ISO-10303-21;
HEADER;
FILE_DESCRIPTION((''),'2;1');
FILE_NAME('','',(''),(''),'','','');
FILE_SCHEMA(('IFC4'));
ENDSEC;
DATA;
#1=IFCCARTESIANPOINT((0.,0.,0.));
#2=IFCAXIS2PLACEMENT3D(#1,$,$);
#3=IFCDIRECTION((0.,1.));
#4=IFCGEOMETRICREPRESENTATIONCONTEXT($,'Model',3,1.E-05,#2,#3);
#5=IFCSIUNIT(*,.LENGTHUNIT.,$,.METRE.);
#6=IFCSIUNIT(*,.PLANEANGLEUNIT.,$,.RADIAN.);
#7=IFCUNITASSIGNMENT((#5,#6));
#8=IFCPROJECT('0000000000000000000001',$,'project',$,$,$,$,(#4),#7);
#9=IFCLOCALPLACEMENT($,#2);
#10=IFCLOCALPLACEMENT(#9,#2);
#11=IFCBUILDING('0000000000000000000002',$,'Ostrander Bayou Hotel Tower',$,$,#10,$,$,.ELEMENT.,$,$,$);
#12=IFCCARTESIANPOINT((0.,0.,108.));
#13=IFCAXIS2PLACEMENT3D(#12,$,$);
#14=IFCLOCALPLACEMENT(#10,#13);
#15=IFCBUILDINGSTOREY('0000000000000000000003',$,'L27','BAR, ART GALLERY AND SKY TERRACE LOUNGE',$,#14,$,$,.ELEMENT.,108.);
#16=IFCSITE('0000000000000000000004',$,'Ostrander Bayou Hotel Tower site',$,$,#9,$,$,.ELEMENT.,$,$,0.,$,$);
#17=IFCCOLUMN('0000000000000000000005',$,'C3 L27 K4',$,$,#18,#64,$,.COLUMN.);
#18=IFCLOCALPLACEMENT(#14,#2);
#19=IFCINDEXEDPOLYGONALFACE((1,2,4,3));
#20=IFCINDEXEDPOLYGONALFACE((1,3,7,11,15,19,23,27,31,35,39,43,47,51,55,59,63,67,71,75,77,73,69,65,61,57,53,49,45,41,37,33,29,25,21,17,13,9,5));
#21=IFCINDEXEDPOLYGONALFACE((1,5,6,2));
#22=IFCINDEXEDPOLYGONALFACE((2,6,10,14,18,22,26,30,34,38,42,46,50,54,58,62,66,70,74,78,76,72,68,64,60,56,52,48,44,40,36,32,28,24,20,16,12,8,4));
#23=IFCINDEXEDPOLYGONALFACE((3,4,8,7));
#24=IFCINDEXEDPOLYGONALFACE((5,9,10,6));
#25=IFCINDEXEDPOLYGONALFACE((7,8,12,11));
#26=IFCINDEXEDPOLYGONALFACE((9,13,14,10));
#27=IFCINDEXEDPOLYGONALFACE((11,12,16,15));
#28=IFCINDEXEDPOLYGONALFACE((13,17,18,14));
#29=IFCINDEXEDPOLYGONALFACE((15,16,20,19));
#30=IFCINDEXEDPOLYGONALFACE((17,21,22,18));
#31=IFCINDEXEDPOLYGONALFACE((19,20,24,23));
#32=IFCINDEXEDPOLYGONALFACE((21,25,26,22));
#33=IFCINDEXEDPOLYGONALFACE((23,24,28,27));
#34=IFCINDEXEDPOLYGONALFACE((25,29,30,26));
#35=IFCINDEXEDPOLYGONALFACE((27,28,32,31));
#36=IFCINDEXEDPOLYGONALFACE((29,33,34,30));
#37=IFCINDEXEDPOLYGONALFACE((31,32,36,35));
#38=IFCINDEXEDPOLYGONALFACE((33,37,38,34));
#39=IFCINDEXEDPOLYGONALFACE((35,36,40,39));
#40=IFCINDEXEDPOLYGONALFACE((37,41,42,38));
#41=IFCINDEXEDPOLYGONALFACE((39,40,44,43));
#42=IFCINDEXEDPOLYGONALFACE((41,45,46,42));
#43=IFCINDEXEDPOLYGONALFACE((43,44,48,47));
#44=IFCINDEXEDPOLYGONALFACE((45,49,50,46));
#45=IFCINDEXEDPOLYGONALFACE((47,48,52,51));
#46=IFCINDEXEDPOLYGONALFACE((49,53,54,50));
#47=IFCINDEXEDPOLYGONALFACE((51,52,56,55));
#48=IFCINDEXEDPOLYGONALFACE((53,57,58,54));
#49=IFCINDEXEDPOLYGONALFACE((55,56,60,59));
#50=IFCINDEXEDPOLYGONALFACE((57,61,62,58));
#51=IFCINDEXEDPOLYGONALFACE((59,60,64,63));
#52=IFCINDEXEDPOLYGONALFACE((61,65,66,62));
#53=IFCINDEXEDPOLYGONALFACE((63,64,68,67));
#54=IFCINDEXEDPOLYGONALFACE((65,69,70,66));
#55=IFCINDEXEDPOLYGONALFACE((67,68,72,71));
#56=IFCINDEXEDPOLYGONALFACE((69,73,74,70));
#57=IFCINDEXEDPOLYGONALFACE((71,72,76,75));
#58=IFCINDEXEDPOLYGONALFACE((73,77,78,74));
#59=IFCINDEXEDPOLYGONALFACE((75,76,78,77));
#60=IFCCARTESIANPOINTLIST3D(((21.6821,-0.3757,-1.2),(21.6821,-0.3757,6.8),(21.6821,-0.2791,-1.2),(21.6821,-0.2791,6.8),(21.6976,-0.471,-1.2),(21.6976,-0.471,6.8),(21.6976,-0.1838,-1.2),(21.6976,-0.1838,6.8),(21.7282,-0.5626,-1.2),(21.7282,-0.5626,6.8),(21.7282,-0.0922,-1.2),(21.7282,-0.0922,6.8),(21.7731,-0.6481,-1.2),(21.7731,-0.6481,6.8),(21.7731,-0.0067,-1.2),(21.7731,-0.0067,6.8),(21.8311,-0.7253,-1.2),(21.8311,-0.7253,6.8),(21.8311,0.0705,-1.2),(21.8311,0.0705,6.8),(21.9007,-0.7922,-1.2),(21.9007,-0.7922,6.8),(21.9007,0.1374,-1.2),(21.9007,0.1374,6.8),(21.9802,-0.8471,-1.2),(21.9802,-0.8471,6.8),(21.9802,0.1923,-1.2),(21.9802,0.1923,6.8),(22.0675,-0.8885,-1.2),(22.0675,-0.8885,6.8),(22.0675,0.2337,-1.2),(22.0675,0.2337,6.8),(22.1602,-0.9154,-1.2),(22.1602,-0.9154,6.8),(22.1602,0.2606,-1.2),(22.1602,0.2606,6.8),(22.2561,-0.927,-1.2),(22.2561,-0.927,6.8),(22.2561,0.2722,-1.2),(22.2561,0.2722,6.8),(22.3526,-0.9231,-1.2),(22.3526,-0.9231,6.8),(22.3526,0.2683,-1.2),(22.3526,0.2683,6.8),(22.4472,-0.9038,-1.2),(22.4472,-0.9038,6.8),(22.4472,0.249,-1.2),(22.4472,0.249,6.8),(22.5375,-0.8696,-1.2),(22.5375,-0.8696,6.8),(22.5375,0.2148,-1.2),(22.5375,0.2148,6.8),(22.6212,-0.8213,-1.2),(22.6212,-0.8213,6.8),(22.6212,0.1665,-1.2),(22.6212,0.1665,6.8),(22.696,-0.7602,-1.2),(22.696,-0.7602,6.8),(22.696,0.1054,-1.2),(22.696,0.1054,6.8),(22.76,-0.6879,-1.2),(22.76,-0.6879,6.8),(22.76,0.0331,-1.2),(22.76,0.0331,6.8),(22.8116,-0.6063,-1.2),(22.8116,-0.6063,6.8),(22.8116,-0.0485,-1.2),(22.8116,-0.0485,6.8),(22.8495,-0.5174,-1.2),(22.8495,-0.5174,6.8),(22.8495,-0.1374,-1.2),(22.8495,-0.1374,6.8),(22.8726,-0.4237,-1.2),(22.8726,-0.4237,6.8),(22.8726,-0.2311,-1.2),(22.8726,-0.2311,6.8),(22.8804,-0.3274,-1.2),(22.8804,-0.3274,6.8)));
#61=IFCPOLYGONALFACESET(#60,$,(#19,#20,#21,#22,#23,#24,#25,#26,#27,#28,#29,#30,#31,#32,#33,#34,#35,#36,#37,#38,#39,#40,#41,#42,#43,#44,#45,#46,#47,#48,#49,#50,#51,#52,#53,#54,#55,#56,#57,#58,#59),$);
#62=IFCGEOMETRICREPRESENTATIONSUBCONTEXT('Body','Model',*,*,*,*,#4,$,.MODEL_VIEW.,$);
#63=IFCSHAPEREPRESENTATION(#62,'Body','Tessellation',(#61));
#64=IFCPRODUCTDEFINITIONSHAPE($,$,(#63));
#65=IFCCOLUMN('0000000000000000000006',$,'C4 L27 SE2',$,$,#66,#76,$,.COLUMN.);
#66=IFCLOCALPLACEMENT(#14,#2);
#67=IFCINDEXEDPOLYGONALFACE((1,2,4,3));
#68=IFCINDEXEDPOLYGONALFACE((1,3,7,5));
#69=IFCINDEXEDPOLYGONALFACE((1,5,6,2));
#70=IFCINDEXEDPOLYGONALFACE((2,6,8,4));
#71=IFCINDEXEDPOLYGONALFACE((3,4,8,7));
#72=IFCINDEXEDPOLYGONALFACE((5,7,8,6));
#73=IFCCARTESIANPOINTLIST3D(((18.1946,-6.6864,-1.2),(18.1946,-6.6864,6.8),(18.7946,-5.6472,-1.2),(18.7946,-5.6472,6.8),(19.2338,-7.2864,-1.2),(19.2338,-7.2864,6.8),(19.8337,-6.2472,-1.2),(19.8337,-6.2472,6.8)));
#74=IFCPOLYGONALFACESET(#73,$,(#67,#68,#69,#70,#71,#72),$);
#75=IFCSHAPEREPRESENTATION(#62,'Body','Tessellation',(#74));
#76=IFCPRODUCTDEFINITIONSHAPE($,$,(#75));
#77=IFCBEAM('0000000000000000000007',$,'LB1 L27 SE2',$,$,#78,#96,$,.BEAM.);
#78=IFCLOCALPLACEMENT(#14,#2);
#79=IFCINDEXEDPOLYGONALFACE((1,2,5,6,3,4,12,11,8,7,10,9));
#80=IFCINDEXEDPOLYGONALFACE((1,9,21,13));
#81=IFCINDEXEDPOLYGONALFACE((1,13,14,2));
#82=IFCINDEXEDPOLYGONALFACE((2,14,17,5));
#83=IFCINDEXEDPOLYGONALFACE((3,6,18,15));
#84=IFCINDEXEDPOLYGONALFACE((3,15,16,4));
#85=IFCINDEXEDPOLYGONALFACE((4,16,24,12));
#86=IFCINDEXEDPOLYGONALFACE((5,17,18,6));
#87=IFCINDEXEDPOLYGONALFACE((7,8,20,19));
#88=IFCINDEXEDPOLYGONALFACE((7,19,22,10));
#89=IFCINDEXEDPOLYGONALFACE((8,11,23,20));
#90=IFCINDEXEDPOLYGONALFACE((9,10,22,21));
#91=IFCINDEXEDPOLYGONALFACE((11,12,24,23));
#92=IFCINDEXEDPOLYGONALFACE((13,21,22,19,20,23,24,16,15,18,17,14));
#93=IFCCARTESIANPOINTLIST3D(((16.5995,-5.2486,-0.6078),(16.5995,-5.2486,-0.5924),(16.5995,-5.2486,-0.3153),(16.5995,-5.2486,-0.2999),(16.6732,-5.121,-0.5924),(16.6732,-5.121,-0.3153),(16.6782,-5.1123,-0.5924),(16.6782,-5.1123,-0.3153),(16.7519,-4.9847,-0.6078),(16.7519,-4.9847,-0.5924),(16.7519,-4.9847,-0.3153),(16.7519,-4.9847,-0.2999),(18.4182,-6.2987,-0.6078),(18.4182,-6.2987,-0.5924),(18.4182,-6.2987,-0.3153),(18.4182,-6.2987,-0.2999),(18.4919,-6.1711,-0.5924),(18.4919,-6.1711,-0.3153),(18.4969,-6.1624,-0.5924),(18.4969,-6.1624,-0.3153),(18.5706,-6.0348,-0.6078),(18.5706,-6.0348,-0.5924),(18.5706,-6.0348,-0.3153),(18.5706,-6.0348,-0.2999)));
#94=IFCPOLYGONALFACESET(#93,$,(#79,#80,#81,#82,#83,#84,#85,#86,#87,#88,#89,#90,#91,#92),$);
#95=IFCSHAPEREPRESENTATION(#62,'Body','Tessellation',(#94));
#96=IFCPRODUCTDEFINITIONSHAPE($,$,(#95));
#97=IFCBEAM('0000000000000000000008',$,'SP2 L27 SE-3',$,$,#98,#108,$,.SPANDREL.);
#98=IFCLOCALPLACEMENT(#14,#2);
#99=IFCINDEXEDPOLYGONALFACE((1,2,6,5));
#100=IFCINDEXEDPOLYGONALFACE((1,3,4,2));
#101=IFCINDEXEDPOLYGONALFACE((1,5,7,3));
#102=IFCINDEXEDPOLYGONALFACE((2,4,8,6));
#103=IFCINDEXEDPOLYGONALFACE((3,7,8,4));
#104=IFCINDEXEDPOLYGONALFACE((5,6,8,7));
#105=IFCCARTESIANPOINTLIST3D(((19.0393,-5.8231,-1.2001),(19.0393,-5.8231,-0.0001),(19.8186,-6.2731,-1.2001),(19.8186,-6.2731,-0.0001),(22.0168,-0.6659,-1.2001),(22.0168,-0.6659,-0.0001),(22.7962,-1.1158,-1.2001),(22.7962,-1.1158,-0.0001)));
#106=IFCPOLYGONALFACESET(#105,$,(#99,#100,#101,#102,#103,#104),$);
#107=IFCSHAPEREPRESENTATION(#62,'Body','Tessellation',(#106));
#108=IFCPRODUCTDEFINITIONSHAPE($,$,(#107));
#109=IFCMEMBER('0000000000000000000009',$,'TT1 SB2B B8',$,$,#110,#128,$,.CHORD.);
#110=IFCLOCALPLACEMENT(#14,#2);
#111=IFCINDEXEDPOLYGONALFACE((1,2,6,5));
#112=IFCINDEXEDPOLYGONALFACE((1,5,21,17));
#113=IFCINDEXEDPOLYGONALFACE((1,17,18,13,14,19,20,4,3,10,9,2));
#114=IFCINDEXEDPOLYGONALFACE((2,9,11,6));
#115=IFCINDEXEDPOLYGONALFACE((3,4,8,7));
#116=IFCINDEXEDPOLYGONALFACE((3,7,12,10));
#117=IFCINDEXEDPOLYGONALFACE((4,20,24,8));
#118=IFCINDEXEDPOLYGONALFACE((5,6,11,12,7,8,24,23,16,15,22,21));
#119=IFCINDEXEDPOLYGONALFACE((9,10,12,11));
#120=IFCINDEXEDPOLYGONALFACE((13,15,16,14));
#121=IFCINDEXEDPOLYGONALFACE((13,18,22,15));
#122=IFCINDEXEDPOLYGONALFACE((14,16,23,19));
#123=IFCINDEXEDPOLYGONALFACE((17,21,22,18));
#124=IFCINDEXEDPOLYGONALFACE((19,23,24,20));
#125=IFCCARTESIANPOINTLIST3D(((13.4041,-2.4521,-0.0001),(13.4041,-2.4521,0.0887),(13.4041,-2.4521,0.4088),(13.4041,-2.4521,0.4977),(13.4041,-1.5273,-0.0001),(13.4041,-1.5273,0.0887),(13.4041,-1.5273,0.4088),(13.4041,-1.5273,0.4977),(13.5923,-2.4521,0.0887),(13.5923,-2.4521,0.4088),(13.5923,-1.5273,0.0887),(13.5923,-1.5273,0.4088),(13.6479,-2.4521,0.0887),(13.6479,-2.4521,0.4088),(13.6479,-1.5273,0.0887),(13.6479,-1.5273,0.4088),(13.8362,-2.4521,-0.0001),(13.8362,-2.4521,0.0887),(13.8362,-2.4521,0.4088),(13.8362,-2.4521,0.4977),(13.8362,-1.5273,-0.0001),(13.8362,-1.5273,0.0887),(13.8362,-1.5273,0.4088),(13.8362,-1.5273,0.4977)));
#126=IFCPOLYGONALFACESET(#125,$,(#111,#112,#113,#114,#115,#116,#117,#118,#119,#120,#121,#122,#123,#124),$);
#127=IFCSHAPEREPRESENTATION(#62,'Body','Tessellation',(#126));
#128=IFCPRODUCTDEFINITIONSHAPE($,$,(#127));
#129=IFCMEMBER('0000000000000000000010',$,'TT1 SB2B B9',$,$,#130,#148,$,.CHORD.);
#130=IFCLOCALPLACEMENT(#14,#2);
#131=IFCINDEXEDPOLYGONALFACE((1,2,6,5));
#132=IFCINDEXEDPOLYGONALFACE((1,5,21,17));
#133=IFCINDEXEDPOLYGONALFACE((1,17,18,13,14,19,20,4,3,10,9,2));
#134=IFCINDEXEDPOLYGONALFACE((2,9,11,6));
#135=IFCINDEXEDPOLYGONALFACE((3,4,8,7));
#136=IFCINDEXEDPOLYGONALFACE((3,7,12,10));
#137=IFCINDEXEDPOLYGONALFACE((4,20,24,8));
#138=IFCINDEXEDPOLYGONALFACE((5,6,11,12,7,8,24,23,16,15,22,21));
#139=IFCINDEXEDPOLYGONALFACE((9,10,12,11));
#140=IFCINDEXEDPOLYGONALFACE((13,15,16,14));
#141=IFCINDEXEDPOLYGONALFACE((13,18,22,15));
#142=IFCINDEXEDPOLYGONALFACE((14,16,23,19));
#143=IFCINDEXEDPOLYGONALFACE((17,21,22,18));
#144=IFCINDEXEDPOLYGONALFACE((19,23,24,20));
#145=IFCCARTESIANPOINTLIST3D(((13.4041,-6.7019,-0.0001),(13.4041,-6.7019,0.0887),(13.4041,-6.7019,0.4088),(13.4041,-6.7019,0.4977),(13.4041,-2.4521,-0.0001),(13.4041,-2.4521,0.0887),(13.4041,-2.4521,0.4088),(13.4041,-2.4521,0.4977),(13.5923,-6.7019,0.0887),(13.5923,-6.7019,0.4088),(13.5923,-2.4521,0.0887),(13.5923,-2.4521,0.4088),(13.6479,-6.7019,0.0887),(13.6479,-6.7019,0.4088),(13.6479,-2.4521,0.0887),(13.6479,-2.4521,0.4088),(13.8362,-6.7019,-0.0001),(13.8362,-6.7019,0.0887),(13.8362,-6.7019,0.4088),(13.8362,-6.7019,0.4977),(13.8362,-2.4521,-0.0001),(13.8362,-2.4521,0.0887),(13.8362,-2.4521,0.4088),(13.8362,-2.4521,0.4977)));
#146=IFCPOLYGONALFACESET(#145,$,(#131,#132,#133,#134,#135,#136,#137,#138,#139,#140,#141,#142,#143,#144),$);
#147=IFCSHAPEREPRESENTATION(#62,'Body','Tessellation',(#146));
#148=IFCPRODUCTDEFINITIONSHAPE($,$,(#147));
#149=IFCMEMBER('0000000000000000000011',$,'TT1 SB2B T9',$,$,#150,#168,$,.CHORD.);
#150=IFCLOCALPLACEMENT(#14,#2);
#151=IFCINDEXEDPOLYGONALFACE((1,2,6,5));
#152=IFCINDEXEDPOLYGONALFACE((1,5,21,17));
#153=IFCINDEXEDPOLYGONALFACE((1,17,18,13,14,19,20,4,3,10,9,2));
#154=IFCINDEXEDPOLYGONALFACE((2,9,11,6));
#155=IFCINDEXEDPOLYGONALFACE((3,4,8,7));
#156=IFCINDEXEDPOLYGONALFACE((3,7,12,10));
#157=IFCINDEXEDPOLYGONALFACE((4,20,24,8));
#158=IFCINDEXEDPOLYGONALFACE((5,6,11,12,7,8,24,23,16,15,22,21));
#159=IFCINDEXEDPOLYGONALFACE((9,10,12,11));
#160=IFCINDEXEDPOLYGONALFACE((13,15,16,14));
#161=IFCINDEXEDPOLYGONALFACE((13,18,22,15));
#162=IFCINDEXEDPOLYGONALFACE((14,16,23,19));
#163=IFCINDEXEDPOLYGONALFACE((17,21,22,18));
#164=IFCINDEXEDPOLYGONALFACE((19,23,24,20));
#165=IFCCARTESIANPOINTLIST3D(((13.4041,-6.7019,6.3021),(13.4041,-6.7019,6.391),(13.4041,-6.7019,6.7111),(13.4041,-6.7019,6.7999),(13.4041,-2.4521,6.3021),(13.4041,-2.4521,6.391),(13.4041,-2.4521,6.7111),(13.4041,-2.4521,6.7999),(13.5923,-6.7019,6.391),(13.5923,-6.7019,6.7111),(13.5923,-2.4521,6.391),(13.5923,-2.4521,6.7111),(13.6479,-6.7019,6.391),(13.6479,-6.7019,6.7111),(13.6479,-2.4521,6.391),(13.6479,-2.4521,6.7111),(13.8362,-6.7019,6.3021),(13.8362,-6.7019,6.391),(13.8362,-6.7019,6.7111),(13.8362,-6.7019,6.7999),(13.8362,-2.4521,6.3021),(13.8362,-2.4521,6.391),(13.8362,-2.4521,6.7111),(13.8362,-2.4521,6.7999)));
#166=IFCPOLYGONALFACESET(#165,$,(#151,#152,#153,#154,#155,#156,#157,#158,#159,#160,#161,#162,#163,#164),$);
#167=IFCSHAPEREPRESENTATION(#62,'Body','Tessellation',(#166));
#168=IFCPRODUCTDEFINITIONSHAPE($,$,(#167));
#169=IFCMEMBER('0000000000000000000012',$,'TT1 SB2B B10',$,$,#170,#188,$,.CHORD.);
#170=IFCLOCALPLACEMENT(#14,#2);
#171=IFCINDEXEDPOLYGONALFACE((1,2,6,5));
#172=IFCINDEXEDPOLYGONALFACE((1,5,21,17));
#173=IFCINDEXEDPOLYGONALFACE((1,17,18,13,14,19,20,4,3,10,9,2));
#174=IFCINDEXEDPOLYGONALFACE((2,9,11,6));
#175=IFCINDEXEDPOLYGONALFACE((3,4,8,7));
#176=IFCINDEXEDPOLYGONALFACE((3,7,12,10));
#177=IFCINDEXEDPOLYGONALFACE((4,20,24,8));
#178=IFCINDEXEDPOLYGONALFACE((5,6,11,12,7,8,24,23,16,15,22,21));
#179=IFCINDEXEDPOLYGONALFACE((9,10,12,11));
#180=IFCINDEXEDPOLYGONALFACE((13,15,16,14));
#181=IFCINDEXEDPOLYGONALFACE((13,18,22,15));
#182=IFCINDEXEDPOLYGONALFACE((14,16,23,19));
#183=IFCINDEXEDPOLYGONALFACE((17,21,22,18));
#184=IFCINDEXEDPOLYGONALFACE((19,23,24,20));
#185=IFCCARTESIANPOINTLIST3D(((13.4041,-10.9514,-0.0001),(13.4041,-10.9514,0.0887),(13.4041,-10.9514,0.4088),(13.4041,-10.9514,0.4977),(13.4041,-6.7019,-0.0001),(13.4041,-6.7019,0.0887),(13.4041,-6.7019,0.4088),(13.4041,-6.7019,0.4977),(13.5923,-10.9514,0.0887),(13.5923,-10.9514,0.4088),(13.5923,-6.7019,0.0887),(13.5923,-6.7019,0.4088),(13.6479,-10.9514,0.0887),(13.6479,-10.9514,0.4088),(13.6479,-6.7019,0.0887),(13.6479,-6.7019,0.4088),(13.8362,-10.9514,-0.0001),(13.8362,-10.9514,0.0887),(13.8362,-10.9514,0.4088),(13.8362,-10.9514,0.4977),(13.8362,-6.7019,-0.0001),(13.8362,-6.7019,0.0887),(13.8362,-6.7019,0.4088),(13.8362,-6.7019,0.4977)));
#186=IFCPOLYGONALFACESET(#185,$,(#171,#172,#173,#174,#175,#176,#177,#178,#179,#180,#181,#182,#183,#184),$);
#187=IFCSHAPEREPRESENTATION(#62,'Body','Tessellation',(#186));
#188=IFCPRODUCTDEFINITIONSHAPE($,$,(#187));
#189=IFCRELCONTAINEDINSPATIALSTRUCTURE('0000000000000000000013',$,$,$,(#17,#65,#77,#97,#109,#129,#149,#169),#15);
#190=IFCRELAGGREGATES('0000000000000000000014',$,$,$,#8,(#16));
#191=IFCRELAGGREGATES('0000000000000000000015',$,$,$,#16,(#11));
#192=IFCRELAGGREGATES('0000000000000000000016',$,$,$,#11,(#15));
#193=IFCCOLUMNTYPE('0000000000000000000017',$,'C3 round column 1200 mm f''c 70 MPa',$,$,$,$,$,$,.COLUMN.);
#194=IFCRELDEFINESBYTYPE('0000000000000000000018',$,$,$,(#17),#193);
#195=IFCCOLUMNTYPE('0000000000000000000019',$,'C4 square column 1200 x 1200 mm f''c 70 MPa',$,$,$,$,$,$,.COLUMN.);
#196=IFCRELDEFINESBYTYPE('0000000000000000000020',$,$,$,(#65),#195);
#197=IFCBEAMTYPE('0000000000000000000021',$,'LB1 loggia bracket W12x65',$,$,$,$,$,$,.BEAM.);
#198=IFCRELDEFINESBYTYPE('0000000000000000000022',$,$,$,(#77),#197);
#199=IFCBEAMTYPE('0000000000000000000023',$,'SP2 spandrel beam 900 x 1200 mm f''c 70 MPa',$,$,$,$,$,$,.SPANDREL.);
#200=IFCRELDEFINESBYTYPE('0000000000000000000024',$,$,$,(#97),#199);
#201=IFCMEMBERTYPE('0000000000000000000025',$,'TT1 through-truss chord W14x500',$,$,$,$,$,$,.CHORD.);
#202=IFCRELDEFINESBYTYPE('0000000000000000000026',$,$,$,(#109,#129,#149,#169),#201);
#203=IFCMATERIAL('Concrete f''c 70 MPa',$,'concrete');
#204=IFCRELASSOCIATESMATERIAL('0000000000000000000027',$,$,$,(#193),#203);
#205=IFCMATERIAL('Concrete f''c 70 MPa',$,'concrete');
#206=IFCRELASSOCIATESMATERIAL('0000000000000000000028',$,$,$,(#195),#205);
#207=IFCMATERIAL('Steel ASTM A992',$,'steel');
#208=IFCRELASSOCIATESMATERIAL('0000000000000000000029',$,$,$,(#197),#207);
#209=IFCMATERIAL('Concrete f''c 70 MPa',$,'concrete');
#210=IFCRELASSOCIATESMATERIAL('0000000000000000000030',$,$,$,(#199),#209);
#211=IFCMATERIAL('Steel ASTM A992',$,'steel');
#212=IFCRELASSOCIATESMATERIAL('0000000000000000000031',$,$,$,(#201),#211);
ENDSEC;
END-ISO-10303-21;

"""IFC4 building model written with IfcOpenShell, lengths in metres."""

from ifc_helpers import new_model, si_unit, direction, frame, origin, origin_2d, place, context, subcontext, project, spatial, rectangle, circle, i_section, extrude, material, material_profile, profile_set, type_object, element, save


model = new_model("IFC4")

# Units and contexts
model_context = context("Model", 3, precision=1e-05, world=origin(), true_north=direction((0.0, 1.0)))
body_context = subcontext(model_context, "Body", "Model", "MODEL_VIEW")
ifc_project = project(units=[si_unit("LENGTHUNIT", "METRE"), si_unit("PLANEANGLEUNIT", "RADIAN")], contexts=[model_context])

# Site, building, storey
site_placement = place(None, origin())
site = spatial("IfcSite", under=ifc_project, at=site_placement, Name="Ostrander Bayou Hotel Tower site", CompositionType="ELEMENT", RefElevation=0.0)
building_placement = place(site_placement, origin())
building = spatial("IfcBuilding", under=site, at=building_placement, Name="Ostrander Bayou Hotel Tower", CompositionType="ELEMENT")
storey_placement = place(building_placement, frame((0.0, 0.0, 108.0)))
storey = spatial("IfcBuildingStorey", under=building, at=storey_placement, Name="L27", Description="BAR, ART GALLERY AND SKY TERRACE LOUNGE", CompositionType="ELEMENT", Elevation=108.0)

# Columns
ifc_material_1 = material(Name="Concrete f'c 70 MPa", Category="concrete")
ifc_material_profile_1 = material_profile(ifc_material_1, circle(Radius=0.6001, at=origin_2d()))
ifc_profile_set_1 = profile_set([ifc_material_profile_1], Name="Concrete f'c 70 MPa")
column_type_1 = type_object("IfcColumnType", Name="C3 round column 1200 mm f'c 70 MPa", PredefinedType="COLUMN", material=ifc_profile_set_1)
column_1_placement = place(storey_placement, frame((22.2803, -0.3274, -1.2), z_axis=(0.0, 0.0, 1.0), x_axis=(1.0, 0.0, 0.0)))
element("IfcColumn", 1, at=column_1_placement, inside=storey, type_object=column_type_1, Name="C3 L27 K4", PredefinedType="COLUMN", context=body_context, shape_type="SweptSolid", body=[
    extrude(circle(Radius=0.6001, at=origin_2d()), origin(), (0.0, 0.0, 1.0), 8.0),
])
ifc_material_2 = material(Name="Concrete f'c 70 MPa", Category="concrete")
ifc_material_profile_2 = material_profile(ifc_material_2, rectangle(XDim=1.2, YDim=1.2, at=origin_2d()))
ifc_profile_set_2 = profile_set([ifc_material_profile_2], Name="Concrete f'c 70 MPa")
column_type_2 = type_object("IfcColumnType", Name="C4 square column 1200 x 1200 mm f'c 70 MPa", PredefinedType="COLUMN", material=ifc_profile_set_2)
column_2_placement = place(storey_placement, frame((19.0142, -6.4668, -1.2), z_axis=(0.0, 0.0, 1.0), x_axis=(-0.5, -0.866025, 0.0)))
element("IfcColumn", 2, at=column_2_placement, inside=storey, type_object=column_type_2, Name="C4 L27 SE2", PredefinedType="COLUMN", context=body_context, shape_type="SweptSolid", body=[
    extrude(rectangle(XDim=1.2, YDim=1.2, at=origin_2d()), origin(), (0.0, 0.0, 1.0), 8.0),
])

# Beams
ifc_material_3 = material(Name="Steel ASTM A992", Category="steel")
ifc_material_profile_3 = material_profile(ifc_material_3, i_section(OverallWidth=0.3047, OverallDepth=0.3079, WebThickness=0.01, FlangeThickness=0.0154, at=origin_2d()))
ifc_profile_set_3 = profile_set([ifc_material_profile_3], Name="Steel ASTM A992")
beam_type_1 = type_object("IfcBeamType", Name="LB1 loggia bracket W12x65", PredefinedType="BEAM", material=ifc_profile_set_3)
beam_1_placement = place(storey_placement, frame((18.4944, -6.1667, -0.4539), z_axis=(-0.866009, 0.500028, 0.0), x_axis=(-0.500028, -0.866009, 0.0)))
element("IfcBeam", 3, at=beam_1_placement, inside=storey, type_object=beam_type_1, Name="LB1 L27 SE2", PredefinedType="BEAM", context=body_context, shape_type="SweptSolid", body=[
    extrude(i_section(OverallWidth=0.3047, OverallDepth=0.3079, WebThickness=0.01, FlangeThickness=0.0154, at=origin_2d()), origin(), (0.0, 0.0, 1.0), 2.1001),
])
ifc_material_4 = material(Name="Concrete f'c 70 MPa", Category="concrete")
ifc_material_profile_4 = material_profile(ifc_material_4, rectangle(XDim=0.8999, YDim=1.2, at=origin_2d()))
ifc_profile_set_4 = profile_set([ifc_material_profile_4], Name="Concrete f'c 70 MPa")
beam_type_2 = type_object("IfcBeamType", Name="SP2 spandrel beam 900 x 1200 mm f'c 70 MPa", PredefinedType="SPANDREL", material=ifc_profile_set_4)
beam_2_placement = place(storey_placement, frame((19.429, -6.0481, -0.6001), z_axis=(0.500002, 0.866024, 0.0), x_axis=(-0.866024, 0.500002, 0.0)))
element("IfcBeam", 4, at=beam_2_placement, inside=storey, type_object=beam_type_2, Name="SP2 L27 SE-3", PredefinedType="SPANDREL", context=body_context, shape_type="SweptSolid", body=[
    extrude(rectangle(XDim=0.8999, YDim=1.2, at=origin_2d()), origin(), (0.0, 0.0, 1.0), 5.9551),
])

# Members
ifc_material_5 = material(Name="Steel ASTM A992", Category="steel")
ifc_material_profile_5 = material_profile(ifc_material_5, i_section(OverallWidth=0.4321, OverallDepth=0.4978, WebThickness=0.0557, FlangeThickness=0.0889, at=origin_2d()))
ifc_profile_set_5 = profile_set([ifc_material_profile_5], Name="Steel ASTM A992")
member_type_1 = type_object("IfcMemberType", Name="TT1 through-truss chord W14x500", PredefinedType="CHORD", material=ifc_profile_set_5)
member_1_placement = place(storey_placement, frame((13.6201, -1.5273, 0.2488), z_axis=(0.0, -1.0, 0.0), x_axis=(1.0, 0.0, 0.0)))
element("IfcMember", 5, at=member_1_placement, inside=storey, type_object=member_type_1, Name="TT1 SB2B B8", PredefinedType="CHORD", context=body_context, shape_type="SweptSolid", body=[
    extrude(i_section(OverallWidth=0.4321, OverallDepth=0.4978, WebThickness=0.0557, FlangeThickness=0.0889, at=origin_2d()), origin(), (0.0, 0.0, 1.0), 0.9248),
])
for number, where, z_axis, x_axis, name in (
    (6, (13.6201, -2.4521, 0.2488), (0.0, -1.0, 0.0), (1.0, 0.0, 0.0), "TT1 SB2B B9"),
    (7, (13.6201, -2.4521, 6.551), (0.0, -1.0, 0.0), (1.0, 0.0, 0.0), "TT1 SB2B T9"),
):
    element("IfcMember", number, at=place(storey_placement, frame(where, z_axis=z_axis, x_axis=x_axis)), inside=storey, type_object=member_type_1, Name=name, PredefinedType="CHORD", context=body_context, shape_type="SweptSolid", body=[
        extrude(i_section(OverallWidth=0.4321, OverallDepth=0.4978, WebThickness=0.0557, FlangeThickness=0.0889, at=origin_2d()), origin(), (0.0, 0.0, 1.0), 4.2498),
    ])
for number, where, z_axis, x_axis, name in (
    (8, (13.6201, -6.7019, 0.2488), (0.0, -1.0, 0.0), (1.0, 0.0, 0.0), "TT1 SB2B B10"),
):
    element("IfcMember", number, at=place(storey_placement, frame(where, z_axis=z_axis, x_axis=x_axis)), inside=storey, type_object=member_type_1, Name=name, PredefinedType="CHORD", context=body_context, shape_type="SweptSolid", body=[
        extrude(i_section(OverallWidth=0.4321, OverallDepth=0.4978, WebThickness=0.0557, FlangeThickness=0.0889, at=origin_2d()), origin(), (0.0, 0.0, 1.0), 4.2495),
    ])

save(model, "model.ifc")
